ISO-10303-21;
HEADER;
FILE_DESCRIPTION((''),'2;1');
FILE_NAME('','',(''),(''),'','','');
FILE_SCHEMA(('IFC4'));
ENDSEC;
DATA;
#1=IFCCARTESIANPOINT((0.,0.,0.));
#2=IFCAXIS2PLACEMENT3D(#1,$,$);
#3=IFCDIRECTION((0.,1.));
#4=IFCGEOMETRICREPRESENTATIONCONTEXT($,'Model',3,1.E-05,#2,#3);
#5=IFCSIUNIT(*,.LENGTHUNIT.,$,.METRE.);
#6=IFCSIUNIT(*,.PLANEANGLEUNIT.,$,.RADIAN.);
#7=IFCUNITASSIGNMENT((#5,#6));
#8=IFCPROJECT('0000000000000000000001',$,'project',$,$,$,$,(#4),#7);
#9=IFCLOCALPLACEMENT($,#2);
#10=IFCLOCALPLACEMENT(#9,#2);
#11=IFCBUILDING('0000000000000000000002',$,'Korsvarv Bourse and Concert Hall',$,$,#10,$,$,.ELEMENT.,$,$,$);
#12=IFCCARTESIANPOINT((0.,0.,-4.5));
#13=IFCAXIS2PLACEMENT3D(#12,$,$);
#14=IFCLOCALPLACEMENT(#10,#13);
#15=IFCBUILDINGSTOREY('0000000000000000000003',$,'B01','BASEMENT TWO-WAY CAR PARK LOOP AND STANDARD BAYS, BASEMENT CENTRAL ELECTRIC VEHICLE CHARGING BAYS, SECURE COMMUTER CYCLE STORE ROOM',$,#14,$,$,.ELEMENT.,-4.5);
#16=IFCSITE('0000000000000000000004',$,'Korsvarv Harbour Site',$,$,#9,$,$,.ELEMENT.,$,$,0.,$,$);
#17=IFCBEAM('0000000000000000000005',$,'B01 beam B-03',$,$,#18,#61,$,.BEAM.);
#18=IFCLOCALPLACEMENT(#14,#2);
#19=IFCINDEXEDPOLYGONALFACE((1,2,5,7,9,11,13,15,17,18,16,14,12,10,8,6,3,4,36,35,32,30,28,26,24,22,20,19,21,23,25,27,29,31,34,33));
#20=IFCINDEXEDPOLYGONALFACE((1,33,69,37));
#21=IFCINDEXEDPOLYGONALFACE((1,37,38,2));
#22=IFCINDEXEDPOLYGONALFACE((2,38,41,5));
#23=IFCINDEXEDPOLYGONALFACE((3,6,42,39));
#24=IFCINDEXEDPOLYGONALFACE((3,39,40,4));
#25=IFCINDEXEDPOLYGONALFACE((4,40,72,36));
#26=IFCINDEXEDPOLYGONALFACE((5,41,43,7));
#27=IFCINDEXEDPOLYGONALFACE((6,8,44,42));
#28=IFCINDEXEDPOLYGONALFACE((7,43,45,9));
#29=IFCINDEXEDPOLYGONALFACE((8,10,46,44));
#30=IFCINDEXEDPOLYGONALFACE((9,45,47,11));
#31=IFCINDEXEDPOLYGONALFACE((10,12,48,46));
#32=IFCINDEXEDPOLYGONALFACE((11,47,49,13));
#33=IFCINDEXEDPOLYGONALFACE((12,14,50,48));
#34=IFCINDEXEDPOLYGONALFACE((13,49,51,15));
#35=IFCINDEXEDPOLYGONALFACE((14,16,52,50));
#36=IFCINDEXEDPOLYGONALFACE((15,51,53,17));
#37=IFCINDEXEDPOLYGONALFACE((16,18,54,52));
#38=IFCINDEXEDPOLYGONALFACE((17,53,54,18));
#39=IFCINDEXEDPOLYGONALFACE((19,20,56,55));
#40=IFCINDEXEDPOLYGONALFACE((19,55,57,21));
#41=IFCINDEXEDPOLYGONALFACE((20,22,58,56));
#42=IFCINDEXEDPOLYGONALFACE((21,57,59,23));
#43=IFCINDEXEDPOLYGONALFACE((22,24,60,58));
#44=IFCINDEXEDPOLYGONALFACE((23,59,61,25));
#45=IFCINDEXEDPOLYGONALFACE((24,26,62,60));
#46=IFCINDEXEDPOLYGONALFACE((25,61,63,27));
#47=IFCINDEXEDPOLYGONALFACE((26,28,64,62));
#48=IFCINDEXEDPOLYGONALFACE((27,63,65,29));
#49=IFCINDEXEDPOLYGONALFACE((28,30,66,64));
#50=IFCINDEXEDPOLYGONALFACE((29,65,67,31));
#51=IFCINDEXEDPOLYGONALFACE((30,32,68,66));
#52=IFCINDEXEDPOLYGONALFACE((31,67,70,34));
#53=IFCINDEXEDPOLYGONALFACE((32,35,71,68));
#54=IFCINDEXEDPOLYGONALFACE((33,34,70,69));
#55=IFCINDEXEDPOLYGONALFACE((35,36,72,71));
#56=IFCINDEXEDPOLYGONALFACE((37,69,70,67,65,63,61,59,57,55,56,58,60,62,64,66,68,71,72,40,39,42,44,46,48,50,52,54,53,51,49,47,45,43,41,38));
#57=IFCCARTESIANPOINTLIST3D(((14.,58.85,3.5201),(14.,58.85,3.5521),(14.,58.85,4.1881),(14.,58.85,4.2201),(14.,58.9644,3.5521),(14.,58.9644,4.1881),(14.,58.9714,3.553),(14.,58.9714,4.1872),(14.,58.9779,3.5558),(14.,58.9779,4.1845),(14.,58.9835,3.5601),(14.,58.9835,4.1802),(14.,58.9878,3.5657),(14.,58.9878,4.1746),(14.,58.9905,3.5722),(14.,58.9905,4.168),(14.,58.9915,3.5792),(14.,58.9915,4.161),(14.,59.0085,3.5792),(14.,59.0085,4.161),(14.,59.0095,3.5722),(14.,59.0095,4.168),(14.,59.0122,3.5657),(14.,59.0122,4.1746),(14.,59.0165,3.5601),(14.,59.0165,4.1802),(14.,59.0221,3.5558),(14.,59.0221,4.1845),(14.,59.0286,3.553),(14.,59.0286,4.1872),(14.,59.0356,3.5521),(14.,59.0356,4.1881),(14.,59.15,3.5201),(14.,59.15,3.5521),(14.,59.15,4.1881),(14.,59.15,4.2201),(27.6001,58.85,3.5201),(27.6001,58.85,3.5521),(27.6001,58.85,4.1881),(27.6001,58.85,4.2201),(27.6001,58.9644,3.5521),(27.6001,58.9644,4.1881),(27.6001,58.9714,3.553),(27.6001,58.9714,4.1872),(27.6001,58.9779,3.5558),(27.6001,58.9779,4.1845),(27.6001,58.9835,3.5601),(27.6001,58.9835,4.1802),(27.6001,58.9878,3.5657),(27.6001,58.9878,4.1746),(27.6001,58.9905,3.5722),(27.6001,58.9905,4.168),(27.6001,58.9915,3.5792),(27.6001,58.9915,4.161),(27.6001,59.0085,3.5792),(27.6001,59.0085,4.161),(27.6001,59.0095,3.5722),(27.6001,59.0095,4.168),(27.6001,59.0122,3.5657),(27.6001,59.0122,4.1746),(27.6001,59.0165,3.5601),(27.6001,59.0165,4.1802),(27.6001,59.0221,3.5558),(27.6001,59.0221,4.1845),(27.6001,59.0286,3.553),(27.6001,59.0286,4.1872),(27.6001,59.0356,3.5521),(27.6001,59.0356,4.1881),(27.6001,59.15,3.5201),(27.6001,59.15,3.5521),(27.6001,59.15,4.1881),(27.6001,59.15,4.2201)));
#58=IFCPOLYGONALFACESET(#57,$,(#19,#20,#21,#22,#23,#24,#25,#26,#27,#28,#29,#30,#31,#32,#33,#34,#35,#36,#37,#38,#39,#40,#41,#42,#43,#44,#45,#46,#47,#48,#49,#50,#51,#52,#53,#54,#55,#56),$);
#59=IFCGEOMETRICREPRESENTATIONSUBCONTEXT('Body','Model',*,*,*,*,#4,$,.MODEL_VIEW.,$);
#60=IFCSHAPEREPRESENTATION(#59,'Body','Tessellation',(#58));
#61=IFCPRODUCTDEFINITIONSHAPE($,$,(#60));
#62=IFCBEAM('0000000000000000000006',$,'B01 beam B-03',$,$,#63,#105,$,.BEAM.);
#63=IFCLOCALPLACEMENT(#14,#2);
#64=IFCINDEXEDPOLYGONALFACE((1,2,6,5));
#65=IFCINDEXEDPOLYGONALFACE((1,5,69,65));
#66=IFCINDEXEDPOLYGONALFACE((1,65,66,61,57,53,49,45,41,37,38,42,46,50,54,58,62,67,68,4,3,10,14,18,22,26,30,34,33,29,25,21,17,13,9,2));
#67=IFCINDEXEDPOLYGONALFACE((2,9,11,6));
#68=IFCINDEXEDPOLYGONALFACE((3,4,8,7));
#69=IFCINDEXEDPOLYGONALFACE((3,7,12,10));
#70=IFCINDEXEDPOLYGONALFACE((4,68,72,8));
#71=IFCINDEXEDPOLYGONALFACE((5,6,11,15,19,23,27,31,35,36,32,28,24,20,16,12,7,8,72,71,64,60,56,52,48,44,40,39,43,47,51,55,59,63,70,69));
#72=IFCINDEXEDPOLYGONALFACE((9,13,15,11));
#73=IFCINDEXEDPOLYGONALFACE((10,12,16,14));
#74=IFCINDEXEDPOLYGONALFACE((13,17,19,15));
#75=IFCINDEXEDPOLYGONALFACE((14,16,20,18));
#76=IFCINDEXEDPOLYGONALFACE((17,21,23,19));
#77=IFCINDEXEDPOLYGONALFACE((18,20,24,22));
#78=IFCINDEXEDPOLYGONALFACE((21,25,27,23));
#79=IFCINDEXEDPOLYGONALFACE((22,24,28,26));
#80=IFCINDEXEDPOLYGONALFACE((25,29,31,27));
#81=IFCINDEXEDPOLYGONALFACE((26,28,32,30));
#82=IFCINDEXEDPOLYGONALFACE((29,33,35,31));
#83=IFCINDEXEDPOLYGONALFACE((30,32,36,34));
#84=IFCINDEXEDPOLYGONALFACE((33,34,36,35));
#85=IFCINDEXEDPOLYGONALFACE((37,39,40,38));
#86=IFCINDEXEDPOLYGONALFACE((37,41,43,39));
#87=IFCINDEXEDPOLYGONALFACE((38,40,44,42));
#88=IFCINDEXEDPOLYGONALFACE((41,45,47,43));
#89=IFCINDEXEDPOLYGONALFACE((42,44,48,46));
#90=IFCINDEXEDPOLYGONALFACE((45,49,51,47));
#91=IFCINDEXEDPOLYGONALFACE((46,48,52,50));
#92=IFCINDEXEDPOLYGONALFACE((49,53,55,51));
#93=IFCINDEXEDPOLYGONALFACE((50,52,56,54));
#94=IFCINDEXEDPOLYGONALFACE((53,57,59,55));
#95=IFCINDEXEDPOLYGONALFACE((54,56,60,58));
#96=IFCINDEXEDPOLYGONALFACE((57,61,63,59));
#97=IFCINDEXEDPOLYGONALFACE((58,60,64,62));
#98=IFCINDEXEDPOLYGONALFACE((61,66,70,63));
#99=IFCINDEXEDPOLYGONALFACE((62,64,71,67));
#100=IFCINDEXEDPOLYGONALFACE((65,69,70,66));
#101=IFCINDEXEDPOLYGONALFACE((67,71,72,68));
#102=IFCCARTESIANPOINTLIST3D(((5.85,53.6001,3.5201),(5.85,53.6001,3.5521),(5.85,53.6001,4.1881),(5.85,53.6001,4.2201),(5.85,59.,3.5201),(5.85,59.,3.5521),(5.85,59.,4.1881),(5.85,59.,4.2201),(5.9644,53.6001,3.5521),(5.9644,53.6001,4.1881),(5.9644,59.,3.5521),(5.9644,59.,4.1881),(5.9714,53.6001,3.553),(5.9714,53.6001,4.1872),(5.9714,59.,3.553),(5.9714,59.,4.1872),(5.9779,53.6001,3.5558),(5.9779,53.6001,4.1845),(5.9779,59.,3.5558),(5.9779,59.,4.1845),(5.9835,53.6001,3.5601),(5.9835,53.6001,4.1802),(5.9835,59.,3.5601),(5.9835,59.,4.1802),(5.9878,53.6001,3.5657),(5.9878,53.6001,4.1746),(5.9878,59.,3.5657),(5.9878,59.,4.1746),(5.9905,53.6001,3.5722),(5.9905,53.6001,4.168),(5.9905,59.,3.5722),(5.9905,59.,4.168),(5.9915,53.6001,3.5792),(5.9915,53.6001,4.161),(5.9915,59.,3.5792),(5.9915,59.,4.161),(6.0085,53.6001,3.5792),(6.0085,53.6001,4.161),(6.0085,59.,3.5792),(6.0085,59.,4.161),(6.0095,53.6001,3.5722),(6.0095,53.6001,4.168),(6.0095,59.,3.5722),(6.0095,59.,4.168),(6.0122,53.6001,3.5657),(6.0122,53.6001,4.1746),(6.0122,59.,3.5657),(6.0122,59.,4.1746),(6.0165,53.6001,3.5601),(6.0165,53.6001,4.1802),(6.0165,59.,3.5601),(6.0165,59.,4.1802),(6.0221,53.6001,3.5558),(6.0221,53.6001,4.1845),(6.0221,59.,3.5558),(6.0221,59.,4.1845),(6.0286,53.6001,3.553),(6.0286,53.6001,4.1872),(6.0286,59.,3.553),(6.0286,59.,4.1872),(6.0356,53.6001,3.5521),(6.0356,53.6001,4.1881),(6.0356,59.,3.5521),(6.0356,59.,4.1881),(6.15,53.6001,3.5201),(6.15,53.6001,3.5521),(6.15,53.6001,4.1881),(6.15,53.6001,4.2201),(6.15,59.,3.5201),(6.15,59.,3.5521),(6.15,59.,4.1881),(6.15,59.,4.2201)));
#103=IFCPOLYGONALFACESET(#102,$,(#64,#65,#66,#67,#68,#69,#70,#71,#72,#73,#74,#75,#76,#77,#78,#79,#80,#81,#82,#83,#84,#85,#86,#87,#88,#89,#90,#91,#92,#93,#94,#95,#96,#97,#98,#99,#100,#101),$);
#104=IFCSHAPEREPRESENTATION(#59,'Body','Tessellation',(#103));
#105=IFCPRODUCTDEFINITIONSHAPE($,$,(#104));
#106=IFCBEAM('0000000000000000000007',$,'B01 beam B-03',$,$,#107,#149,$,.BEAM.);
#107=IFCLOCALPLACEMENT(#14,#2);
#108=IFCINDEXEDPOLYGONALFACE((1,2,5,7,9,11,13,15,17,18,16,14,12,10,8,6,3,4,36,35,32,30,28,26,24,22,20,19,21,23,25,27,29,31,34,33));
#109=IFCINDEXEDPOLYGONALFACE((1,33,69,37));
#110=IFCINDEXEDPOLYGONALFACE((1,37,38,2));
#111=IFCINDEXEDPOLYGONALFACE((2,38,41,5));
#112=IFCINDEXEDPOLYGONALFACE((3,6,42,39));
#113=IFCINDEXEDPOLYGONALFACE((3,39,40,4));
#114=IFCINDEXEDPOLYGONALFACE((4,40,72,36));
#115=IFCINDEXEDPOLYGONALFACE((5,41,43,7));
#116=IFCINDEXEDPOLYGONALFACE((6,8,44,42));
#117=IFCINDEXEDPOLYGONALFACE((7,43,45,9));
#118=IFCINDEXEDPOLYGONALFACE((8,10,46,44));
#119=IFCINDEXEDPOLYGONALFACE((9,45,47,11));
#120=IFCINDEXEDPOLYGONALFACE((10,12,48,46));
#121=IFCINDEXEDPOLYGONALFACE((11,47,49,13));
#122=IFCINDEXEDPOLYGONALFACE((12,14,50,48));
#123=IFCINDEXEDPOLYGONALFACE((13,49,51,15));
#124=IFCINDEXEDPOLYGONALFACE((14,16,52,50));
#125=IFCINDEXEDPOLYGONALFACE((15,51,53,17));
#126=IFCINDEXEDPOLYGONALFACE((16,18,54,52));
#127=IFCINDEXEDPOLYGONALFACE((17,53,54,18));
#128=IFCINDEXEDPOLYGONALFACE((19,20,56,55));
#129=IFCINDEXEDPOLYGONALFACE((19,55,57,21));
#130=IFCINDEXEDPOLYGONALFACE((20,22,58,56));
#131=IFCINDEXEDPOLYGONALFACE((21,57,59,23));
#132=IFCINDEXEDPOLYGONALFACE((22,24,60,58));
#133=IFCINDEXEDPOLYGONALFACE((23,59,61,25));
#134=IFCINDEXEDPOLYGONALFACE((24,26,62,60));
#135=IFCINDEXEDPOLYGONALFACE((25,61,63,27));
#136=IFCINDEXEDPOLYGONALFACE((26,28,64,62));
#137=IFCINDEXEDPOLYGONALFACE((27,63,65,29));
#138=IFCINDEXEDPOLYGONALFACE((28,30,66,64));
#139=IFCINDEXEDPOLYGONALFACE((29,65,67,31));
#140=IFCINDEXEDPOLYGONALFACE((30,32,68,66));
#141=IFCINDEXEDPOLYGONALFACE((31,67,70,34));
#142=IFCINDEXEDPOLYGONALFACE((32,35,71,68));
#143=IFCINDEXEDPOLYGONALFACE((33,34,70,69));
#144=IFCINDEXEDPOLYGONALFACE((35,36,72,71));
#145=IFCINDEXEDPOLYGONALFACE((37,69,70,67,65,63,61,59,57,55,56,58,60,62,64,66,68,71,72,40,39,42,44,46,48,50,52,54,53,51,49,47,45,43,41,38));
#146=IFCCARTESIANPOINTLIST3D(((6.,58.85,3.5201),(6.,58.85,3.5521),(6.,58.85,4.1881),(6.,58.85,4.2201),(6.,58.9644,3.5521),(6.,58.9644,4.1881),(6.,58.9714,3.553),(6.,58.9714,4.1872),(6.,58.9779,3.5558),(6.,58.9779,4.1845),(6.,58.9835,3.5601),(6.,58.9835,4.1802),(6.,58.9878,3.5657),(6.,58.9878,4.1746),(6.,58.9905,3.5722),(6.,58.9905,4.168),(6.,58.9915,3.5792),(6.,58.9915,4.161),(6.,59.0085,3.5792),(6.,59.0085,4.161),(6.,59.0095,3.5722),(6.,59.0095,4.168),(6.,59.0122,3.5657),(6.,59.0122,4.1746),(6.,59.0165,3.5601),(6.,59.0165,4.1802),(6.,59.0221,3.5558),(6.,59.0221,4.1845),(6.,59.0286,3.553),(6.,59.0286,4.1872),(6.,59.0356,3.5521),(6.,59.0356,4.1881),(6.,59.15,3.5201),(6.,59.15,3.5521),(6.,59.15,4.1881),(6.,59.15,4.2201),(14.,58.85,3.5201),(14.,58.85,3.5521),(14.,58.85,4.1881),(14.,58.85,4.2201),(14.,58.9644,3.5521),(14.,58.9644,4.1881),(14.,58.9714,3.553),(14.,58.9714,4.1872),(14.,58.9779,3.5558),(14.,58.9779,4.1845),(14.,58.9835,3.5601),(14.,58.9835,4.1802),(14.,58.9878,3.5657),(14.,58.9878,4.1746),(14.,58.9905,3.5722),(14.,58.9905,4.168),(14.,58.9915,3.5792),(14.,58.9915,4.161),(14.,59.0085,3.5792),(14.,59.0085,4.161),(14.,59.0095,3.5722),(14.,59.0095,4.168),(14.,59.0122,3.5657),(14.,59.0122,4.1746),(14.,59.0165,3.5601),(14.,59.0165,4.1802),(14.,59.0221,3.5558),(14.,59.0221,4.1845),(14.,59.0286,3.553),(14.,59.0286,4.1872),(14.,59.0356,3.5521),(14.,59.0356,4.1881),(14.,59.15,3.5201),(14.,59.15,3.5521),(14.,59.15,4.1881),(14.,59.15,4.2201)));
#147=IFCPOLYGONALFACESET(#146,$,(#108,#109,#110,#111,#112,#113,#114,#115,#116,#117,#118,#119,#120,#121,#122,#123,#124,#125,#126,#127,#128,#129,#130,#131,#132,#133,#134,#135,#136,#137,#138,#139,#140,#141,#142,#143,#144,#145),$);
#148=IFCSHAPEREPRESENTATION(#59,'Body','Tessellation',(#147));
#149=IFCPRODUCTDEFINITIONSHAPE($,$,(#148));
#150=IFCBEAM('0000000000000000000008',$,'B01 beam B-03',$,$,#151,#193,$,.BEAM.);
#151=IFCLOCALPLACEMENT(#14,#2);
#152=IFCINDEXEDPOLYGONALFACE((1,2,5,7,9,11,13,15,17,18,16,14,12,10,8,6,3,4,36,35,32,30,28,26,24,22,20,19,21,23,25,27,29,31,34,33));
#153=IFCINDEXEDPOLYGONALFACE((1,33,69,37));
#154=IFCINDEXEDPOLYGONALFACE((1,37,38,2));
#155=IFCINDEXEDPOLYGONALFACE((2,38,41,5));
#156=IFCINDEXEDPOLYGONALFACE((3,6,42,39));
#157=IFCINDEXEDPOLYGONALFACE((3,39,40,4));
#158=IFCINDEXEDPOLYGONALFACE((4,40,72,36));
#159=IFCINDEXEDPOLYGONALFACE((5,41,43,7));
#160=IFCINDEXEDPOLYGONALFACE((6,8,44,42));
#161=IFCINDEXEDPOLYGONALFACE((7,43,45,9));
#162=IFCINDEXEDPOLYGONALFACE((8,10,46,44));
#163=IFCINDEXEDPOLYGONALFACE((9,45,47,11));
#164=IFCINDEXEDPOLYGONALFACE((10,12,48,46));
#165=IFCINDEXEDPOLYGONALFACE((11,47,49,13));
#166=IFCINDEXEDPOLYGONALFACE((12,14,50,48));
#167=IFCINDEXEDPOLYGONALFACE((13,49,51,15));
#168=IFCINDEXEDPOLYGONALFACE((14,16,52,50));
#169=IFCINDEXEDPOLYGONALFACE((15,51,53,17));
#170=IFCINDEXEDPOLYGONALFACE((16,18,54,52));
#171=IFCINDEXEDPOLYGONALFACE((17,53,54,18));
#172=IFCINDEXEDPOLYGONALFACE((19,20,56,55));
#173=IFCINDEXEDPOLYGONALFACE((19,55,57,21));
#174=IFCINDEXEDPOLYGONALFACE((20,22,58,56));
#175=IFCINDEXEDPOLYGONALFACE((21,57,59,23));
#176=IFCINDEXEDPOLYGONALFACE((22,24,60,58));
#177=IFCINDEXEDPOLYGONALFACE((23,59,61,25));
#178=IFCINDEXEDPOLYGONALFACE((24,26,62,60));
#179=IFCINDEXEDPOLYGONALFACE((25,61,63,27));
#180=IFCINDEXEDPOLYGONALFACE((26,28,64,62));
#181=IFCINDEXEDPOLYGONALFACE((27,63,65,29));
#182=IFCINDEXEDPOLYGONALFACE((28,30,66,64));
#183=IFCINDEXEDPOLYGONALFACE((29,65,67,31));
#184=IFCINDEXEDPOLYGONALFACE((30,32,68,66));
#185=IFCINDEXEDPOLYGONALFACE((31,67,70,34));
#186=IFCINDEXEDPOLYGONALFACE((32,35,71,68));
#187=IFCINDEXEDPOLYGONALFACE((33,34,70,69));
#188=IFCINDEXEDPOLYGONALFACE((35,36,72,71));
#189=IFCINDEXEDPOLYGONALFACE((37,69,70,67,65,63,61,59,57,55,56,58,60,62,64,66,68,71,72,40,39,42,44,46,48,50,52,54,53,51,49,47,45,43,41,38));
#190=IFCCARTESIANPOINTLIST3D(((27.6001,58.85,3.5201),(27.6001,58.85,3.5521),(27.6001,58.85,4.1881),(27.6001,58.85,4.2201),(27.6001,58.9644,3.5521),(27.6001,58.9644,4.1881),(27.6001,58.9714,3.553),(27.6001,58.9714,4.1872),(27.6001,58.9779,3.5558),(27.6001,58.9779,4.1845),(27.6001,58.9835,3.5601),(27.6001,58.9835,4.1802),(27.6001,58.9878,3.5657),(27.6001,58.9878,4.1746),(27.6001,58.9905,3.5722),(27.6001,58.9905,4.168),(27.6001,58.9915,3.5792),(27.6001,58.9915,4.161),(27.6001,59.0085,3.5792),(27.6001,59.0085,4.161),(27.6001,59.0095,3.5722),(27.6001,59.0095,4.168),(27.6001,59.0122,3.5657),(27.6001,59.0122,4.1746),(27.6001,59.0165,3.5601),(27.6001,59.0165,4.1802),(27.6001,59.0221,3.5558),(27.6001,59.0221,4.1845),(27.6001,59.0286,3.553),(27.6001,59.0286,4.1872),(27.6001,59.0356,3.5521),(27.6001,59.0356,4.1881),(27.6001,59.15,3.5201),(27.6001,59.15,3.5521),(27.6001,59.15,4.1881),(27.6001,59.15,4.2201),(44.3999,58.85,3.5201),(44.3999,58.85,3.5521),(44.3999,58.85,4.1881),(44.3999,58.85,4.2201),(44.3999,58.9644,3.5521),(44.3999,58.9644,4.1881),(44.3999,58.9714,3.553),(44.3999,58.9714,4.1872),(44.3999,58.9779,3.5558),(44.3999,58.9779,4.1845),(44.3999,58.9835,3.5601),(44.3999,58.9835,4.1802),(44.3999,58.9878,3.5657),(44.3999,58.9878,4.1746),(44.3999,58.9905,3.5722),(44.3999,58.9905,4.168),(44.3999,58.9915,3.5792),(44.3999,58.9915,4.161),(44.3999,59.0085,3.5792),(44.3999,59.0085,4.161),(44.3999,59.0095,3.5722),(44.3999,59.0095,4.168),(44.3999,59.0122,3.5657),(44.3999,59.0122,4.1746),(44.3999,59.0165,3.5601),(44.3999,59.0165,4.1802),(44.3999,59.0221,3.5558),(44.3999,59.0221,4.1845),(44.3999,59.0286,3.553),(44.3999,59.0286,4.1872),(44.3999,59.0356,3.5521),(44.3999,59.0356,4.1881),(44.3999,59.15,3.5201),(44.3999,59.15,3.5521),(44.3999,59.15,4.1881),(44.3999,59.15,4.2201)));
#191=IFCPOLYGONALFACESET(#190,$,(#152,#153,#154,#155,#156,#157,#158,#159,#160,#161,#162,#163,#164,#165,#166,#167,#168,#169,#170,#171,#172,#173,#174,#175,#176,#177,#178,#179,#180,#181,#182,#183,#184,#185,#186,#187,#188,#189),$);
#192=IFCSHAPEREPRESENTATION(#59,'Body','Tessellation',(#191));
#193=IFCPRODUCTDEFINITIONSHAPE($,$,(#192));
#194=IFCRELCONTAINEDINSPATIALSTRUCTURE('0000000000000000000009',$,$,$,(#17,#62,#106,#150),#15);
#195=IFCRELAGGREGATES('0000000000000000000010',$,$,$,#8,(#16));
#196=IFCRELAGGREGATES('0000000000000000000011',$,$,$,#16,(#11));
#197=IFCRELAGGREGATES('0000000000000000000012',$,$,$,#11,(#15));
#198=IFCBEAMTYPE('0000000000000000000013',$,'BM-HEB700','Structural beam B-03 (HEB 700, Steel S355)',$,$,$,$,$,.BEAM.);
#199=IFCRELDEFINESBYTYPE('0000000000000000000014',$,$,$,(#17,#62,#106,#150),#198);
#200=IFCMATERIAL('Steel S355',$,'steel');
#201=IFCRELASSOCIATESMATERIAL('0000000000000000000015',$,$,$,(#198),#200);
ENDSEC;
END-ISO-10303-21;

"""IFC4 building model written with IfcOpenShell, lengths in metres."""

from ifc_helpers import new_model, si_unit, direction, frame, origin, origin_2d, place, context, subcontext, project, spatial, i_section, extrude, source, transform, mapped, material, material_profile, profile_set, type_object, element, save


model = new_model("IFC4")

# Units and contexts
model_context = context("Model", 3, precision=1e-05, world=origin(), true_north=direction((0.0, 1.0)))
body_context = subcontext(model_context, "Body", "Model", "MODEL_VIEW")
ifc_project = project(units=[si_unit("LENGTHUNIT", "METRE"), si_unit("PLANEANGLEUNIT", "RADIAN")], contexts=[model_context])

# Site, building, storey
site_placement = place(None, origin())
site = spatial("IfcSite", under=ifc_project, at=site_placement, Name="Korsvarv Harbour Site", CompositionType="ELEMENT", RefElevation=0.0)
building_placement = place(site_placement, origin())
building = spatial("IfcBuilding", under=site, at=building_placement, Name="Korsvarv Bourse and Concert Hall", CompositionType="ELEMENT")
storey_placement = place(building_placement, frame((0.0, 0.0, -4.5)))
storey = spatial("IfcBuildingStorey", under=building, at=storey_placement, Name="B01", Description="BASEMENT TWO-WAY CAR PARK LOOP AND STANDARD BAYS, BASEMENT CENTRAL ELECTRIC VEHICLE CHARGING BAYS, SECURE COMMUTER CYCLE STORE ROOM", CompositionType="ELEMENT", Elevation=-4.5)

# Beams
ifc_material_1 = material(Name="Steel S355", Category="steel")
ifc_material_profile_1 = material_profile(ifc_material_1, i_section(OverallWidth=0.3, OverallDepth=0.7, WebThickness=0.0171, FlangeThickness=0.032, FilletRadius=0.0271, at=origin_2d()), Name="HEB 700")
ifc_profile_set_1 = profile_set([ifc_material_profile_1], Name="Steel S355")
beam_type = type_object("IfcBeamType", Name="BM-HEB700", Description="Structural beam B-03 (HEB 700, Steel S355)", PredefinedType="BEAM", material=ifc_profile_set_1)
shared_shape_1 = source(origin(), body_context, "Body", "SweptSolid", [
    extrude(i_section(OverallWidth=0.3, OverallDepth=0.7, WebThickness=0.0171, FlangeThickness=0.032, FilletRadius=0.0271, at=origin_2d()), origin(), (0.0, 0.0, 1.0), 13.6001),
])
beam_1_placement = place(storey_placement, frame((14.0, 59.0, 3.8701), z_axis=(1.0, 0.0, 0.0), x_axis=(0.0, 1.0, 0.0)))
element("IfcBeam", 1, at=beam_1_placement, inside=storey, type_object=beam_type, Name="B01 beam B-03", PredefinedType="BEAM", context=body_context, shape_type="MappedRepresentation", body=[
    mapped(shared_shape_1, transform((0.0, 0.0, 0.0), scale=1.0)),
])
shared_shape_2 = source(origin(), body_context, "Body", "SweptSolid", [
    extrude(i_section(OverallWidth=0.3, OverallDepth=0.7, WebThickness=0.0171, FlangeThickness=0.032, FilletRadius=0.0271, at=origin_2d()), origin(), (0.0, 0.0, 1.0), 5.3999),
])
beam_2_placement = place(storey_placement, frame((6.0, 53.6001, 3.8701), z_axis=(0.0, 1.0, 0.0), x_axis=(-1.0, 0.0, 0.0)))
element("IfcBeam", 2, at=beam_2_placement, inside=storey, type_object=beam_type, Name="B01 beam B-03", PredefinedType="BEAM", context=body_context, shape_type="MappedRepresentation", body=[
    mapped(shared_shape_2, transform((0.0, 0.0, 0.0), scale=1.0)),
])
shared_shape_3 = source(origin(), body_context, "Body", "SweptSolid", [
    extrude(i_section(OverallWidth=0.3, OverallDepth=0.7, WebThickness=0.0171, FlangeThickness=0.032, FilletRadius=0.0271, at=origin_2d()), origin(), (0.0, 0.0, 1.0), 8.0),
])
beam_3_placement = place(storey_placement, frame((6.0, 59.0, 3.8701), z_axis=(1.0, 0.0, 0.0), x_axis=(0.0, 1.0, 0.0)))
element("IfcBeam", 3, at=beam_3_placement, inside=storey, type_object=beam_type, Name="B01 beam B-03", PredefinedType="BEAM", context=body_context, shape_type="MappedRepresentation", body=[
    mapped(shared_shape_3, transform((0.0, 0.0, 0.0), scale=1.0)),
])
shared_shape_4 = source(origin(), body_context, "Body", "SweptSolid", [
    extrude(i_section(OverallWidth=0.3, OverallDepth=0.7, WebThickness=0.0171, FlangeThickness=0.032, FilletRadius=0.0271, at=origin_2d()), origin(), (0.0, 0.0, 1.0), 16.7998),
])
beam_4_placement = place(storey_placement, frame((27.6001, 59.0, 3.8701), z_axis=(1.0, 0.0, 0.0), x_axis=(0.0, 1.0, 0.0)))
element("IfcBeam", 4, at=beam_4_placement, inside=storey, type_object=beam_type, Name="B01 beam B-03", PredefinedType="BEAM", context=body_context, shape_type="MappedRepresentation", body=[
    mapped(shared_shape_4, transform((0.0, 0.0, 0.0), scale=1.0)),
])

save(model, "model.ifc")
